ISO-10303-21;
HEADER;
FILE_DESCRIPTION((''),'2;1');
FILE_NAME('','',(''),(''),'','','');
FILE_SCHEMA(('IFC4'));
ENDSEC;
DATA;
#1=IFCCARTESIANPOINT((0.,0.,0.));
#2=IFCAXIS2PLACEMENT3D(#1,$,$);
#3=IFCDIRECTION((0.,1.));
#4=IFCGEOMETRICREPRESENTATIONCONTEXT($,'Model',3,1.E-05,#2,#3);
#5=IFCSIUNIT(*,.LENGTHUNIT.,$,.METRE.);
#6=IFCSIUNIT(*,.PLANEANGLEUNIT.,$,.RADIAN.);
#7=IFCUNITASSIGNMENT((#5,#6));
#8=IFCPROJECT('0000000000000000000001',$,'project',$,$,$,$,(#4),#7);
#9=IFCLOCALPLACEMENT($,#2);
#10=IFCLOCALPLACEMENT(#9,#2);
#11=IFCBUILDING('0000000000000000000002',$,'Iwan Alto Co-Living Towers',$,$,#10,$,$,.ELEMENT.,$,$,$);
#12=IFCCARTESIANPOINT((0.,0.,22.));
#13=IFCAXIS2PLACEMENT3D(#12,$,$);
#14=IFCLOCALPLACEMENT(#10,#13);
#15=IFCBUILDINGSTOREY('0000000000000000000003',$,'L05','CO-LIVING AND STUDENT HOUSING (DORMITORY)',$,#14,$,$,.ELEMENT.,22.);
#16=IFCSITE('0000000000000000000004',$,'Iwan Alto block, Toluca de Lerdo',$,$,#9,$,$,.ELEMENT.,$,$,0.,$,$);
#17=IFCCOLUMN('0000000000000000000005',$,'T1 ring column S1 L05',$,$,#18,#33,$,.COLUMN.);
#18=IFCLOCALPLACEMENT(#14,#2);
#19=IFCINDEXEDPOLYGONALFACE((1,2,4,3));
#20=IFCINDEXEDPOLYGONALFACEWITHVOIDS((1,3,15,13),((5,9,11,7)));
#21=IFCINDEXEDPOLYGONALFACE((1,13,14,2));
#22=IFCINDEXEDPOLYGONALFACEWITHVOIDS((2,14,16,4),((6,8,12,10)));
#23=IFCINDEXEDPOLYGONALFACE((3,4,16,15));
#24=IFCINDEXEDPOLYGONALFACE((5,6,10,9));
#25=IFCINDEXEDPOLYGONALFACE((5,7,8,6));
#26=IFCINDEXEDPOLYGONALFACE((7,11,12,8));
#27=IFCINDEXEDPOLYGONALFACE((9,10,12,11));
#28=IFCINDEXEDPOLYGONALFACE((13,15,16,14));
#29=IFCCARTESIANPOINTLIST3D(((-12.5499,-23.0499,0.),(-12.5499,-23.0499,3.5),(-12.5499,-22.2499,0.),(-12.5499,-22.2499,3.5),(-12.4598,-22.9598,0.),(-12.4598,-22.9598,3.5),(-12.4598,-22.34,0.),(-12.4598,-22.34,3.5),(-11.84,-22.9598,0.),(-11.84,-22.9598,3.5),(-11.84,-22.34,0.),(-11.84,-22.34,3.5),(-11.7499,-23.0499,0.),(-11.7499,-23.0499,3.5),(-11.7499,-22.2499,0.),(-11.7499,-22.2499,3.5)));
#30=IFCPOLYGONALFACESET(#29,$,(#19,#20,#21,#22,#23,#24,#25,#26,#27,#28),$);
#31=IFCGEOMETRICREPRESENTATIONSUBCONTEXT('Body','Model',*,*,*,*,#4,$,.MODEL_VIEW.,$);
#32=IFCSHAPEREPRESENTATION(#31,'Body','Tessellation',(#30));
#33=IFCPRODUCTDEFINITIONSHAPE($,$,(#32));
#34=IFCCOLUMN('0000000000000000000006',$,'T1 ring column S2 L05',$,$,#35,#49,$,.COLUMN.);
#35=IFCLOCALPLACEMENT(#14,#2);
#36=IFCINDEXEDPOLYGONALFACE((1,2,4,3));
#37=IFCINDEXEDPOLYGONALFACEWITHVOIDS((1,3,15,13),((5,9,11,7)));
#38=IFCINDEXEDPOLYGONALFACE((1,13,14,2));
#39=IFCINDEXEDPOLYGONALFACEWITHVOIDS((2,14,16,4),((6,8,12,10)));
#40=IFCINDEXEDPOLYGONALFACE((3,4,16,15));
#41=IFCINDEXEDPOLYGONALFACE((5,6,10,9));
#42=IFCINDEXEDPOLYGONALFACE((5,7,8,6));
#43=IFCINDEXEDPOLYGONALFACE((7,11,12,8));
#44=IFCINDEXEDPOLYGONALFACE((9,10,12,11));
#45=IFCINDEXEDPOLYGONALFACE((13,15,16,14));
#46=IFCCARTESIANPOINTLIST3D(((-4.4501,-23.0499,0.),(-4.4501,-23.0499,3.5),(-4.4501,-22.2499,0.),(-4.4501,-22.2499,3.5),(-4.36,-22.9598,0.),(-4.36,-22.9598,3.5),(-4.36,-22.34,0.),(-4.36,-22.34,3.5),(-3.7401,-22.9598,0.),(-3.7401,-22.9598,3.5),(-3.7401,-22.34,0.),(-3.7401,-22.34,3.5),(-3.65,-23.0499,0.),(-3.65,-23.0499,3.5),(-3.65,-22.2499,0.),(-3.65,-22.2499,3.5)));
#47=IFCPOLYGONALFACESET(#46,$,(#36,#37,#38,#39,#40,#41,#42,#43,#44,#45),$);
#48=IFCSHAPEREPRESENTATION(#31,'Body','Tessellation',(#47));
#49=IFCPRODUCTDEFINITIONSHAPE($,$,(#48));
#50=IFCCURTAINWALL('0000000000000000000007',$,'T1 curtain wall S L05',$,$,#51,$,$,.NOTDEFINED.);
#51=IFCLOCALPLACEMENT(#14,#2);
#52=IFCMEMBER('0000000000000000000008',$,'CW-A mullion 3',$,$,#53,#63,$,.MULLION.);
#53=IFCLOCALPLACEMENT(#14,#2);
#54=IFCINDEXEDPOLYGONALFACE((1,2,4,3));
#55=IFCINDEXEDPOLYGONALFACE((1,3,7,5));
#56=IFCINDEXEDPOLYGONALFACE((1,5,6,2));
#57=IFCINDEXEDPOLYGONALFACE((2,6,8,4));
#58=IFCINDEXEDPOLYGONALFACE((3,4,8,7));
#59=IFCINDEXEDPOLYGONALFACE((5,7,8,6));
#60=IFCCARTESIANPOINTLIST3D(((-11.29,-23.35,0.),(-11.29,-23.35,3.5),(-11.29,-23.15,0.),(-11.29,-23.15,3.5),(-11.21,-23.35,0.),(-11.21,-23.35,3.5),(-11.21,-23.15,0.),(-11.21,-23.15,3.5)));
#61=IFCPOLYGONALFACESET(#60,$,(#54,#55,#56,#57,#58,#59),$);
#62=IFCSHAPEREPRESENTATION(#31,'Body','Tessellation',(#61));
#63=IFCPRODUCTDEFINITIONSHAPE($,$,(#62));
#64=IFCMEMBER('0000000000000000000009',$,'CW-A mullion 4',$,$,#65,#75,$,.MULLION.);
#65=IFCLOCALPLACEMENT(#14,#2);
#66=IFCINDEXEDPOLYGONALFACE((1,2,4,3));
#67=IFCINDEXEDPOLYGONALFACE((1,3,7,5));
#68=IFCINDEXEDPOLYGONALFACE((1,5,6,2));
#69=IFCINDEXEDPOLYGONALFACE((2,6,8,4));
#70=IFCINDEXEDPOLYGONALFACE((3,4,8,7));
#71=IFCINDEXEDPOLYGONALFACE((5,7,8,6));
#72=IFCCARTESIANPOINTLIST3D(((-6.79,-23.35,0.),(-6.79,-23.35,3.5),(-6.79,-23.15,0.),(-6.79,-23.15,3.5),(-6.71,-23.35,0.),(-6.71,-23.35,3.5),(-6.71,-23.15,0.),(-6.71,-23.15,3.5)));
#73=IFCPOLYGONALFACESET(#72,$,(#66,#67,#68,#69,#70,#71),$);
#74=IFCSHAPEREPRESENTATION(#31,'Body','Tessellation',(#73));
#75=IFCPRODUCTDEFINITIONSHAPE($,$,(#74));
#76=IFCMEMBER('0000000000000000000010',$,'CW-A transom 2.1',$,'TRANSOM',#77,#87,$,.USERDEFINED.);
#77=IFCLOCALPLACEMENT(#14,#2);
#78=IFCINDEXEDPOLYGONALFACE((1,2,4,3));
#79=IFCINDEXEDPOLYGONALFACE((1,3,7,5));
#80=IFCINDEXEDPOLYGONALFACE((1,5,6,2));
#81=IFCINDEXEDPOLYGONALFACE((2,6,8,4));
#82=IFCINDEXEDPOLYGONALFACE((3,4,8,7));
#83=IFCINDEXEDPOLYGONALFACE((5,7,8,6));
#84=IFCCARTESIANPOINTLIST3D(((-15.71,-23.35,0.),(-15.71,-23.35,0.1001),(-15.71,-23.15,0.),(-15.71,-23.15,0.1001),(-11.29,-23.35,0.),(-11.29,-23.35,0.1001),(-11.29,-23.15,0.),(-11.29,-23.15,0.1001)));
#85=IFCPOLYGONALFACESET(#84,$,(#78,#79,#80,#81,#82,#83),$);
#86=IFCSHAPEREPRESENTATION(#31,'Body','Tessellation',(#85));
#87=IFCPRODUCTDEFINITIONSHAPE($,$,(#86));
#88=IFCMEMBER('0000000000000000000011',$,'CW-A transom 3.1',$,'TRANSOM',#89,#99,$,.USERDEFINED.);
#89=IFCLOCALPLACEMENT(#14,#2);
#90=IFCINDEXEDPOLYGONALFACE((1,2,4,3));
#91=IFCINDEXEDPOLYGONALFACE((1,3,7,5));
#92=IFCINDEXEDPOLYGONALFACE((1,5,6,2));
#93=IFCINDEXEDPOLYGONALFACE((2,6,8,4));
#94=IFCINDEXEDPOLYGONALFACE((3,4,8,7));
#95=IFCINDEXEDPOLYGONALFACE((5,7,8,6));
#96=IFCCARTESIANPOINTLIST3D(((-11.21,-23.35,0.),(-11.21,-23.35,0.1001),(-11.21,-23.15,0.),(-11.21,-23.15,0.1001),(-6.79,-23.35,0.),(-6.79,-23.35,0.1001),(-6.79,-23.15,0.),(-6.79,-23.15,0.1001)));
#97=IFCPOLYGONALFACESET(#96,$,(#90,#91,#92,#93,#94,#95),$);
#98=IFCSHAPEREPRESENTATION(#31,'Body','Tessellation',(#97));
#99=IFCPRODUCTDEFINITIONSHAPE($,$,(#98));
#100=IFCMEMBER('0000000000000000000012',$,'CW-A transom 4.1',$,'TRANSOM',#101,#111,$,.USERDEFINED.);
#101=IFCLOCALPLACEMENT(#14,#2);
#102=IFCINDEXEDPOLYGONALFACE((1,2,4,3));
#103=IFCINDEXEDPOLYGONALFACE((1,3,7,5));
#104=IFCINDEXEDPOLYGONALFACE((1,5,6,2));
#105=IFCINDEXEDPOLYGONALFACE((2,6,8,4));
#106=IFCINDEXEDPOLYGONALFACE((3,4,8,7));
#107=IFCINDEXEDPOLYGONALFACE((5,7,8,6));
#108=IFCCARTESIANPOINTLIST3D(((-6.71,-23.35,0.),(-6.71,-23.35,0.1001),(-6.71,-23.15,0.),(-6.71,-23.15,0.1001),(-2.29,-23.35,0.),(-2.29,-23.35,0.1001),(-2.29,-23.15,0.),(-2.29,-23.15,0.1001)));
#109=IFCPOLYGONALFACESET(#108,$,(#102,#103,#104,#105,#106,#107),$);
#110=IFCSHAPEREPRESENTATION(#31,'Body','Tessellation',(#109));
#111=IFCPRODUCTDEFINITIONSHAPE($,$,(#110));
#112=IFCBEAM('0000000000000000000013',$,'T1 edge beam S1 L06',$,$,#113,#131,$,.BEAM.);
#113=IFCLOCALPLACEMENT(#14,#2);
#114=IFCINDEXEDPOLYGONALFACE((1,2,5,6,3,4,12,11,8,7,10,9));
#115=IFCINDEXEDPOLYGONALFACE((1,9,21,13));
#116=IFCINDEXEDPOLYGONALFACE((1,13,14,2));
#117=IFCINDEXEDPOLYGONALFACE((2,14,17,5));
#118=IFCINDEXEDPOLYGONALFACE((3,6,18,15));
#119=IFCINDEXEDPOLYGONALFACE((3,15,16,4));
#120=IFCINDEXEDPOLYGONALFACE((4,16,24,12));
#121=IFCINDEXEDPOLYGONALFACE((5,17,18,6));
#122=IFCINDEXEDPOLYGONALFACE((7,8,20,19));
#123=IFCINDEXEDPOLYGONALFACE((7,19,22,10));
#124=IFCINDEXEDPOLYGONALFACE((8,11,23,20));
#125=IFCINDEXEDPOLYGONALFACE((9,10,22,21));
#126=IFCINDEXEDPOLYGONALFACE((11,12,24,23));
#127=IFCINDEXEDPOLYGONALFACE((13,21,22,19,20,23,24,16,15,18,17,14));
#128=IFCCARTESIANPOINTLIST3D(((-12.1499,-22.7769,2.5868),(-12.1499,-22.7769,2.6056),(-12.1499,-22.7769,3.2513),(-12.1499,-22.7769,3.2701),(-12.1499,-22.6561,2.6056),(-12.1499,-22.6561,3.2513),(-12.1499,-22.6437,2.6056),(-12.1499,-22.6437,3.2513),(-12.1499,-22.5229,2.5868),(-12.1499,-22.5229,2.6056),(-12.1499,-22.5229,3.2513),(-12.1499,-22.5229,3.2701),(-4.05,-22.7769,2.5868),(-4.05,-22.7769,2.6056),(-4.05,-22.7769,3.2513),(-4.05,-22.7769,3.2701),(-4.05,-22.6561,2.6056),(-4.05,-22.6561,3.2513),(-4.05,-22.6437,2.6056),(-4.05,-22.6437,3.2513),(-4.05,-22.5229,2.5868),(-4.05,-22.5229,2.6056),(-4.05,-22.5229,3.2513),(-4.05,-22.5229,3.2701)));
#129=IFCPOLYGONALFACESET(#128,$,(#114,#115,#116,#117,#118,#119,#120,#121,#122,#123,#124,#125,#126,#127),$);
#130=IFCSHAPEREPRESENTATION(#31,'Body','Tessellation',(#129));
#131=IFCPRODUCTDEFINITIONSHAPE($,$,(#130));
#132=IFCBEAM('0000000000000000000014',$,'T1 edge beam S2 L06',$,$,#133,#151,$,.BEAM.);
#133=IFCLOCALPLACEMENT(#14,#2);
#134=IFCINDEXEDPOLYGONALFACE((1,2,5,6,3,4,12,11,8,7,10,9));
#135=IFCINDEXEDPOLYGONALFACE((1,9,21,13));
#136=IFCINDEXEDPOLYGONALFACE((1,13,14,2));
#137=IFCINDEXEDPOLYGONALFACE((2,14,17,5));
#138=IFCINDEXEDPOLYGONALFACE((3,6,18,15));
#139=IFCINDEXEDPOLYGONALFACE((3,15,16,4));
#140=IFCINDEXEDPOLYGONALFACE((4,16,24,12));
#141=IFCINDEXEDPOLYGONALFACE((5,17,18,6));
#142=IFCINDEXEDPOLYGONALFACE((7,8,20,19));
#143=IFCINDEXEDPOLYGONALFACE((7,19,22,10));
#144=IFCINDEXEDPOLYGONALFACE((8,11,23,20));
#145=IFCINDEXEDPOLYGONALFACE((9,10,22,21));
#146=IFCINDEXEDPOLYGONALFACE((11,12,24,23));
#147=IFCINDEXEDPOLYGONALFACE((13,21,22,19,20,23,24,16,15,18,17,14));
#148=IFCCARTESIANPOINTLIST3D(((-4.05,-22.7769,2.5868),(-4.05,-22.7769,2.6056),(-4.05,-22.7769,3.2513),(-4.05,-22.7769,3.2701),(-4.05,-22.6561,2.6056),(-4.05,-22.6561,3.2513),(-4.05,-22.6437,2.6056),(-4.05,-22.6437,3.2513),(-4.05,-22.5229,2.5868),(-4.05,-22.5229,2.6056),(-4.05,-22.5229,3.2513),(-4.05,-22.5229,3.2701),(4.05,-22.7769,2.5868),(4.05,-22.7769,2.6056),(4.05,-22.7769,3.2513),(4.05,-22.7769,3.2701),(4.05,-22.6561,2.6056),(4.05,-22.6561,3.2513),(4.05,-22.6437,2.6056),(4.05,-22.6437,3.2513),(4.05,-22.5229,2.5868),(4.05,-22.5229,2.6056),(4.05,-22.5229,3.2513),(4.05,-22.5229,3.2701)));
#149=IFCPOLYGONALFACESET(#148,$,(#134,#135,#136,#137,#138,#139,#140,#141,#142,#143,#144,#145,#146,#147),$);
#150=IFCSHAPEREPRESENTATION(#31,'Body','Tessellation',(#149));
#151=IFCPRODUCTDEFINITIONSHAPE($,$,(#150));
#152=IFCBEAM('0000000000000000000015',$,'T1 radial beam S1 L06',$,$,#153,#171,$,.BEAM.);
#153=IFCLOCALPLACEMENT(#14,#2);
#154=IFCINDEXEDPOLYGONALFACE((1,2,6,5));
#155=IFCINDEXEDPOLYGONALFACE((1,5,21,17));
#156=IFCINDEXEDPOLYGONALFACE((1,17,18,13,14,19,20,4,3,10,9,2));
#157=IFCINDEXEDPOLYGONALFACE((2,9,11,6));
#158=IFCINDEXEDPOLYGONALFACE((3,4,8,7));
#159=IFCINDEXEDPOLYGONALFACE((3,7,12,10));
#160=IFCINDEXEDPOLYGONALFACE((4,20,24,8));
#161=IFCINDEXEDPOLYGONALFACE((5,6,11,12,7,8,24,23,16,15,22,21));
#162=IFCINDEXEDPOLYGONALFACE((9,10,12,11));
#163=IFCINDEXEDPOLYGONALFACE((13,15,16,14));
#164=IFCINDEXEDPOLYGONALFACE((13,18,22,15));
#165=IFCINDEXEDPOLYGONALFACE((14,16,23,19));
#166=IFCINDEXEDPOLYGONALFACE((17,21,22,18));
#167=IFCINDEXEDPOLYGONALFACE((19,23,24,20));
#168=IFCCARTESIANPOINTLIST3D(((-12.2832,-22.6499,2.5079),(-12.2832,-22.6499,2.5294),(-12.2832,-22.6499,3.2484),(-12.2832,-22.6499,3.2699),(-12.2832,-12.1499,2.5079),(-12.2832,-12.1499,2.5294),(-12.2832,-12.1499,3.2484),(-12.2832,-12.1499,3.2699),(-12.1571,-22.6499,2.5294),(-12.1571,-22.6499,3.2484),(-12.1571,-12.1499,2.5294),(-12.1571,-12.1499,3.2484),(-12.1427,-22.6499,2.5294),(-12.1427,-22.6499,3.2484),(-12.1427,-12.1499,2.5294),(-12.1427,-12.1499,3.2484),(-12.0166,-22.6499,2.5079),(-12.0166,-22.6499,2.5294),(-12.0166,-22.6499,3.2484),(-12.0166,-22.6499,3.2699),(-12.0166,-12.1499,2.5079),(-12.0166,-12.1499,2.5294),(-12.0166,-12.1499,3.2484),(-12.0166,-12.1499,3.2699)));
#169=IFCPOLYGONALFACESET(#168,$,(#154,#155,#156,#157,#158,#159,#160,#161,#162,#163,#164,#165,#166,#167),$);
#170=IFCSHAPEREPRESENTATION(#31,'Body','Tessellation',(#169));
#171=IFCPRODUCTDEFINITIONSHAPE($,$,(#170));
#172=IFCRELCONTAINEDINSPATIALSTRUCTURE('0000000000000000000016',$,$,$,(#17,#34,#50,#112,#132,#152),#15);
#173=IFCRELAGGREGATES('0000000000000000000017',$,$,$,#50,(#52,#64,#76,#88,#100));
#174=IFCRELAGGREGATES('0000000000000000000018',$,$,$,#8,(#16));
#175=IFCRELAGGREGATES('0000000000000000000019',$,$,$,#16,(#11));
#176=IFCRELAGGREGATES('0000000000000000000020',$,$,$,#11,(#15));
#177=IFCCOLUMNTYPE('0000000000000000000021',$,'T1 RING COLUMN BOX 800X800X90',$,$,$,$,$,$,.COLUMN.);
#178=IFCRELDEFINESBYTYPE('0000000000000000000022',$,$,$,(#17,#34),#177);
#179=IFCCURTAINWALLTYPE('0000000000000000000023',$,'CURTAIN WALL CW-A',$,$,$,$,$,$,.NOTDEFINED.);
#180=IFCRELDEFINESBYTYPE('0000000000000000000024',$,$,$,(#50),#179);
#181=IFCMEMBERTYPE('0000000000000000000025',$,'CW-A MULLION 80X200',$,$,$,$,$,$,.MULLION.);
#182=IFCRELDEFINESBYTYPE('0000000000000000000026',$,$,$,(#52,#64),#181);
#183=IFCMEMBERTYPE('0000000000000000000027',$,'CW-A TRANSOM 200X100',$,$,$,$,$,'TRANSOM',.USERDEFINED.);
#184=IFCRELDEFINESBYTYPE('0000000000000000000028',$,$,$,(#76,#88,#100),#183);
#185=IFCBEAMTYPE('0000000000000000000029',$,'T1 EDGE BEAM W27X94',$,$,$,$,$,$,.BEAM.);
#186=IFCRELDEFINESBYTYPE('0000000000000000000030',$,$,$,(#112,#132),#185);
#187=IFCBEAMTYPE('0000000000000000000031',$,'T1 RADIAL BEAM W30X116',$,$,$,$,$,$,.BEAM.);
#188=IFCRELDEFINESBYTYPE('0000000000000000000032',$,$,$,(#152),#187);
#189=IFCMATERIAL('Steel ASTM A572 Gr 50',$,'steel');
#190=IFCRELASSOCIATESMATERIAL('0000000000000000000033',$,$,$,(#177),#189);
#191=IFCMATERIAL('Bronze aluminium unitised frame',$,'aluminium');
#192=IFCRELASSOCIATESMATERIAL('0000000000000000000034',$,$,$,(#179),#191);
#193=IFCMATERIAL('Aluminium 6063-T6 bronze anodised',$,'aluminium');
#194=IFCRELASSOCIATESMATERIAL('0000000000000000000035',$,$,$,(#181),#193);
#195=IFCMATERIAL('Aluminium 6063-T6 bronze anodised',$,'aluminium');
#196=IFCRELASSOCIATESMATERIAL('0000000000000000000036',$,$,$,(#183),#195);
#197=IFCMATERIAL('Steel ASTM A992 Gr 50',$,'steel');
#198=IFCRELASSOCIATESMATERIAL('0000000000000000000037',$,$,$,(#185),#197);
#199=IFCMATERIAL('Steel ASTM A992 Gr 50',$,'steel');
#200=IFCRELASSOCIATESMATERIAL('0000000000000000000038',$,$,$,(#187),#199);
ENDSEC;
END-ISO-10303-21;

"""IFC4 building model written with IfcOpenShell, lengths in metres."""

from ifc_helpers import new_model, si_unit, direction, frame, origin, origin_2d, place, context, subcontext, project, spatial, rectangle, hollow_rectangle, i_section, extrude, material, material_profile, profile_set, type_object, element, aggregate, save


model = new_model("IFC4")

# Units and contexts
model_context = context("Model", 3, precision=1e-05, world=origin(), true_north=direction((0.0, 1.0)))
body_context = subcontext(model_context, "Body", "Model", "MODEL_VIEW")
ifc_project = project(units=[si_unit("LENGTHUNIT", "METRE"), si_unit("PLANEANGLEUNIT", "RADIAN")], contexts=[model_context])

# Site, building, storey
site_placement = place(None, origin())
site = spatial("IfcSite", under=ifc_project, at=site_placement, Name="Iwan Alto block, Toluca de Lerdo", CompositionType="ELEMENT", RefElevation=0.0)
building_placement = place(site_placement, origin())
building = spatial("IfcBuilding", under=site, at=building_placement, Name="Iwan Alto Co-Living Towers", CompositionType="ELEMENT")
storey_placement = place(building_placement, frame((0.0, 0.0, 22.0)))
storey = spatial("IfcBuildingStorey", under=building, at=storey_placement, Name="L05", Description="CO-LIVING AND STUDENT HOUSING (DORMITORY)", CompositionType="ELEMENT", Elevation=22.0)

# Columns
ifc_material_1 = material(Name="Steel ASTM A572 Gr 50", Category="steel")
ifc_material_profile_1 = material_profile(ifc_material_1, hollow_rectangle(XDim=0.8, YDim=0.8, WallThickness=0.0901, at=origin_2d()), Name="BOX 800X800X90")
ifc_profile_set_1 = profile_set([ifc_material_profile_1], Name="Steel ASTM A572 Gr 50")
column_type = type_object("IfcColumnType", Name="T1 RING COLUMN BOX 800X800X90", PredefinedType="COLUMN", material=ifc_profile_set_1)
for number, where, z_axis, x_axis, name in (
    (1, (-12.1499, -22.6499, 0.0), (0.0, 0.0, 1.0), (1.0, 0.0, 0.0), "T1 ring column S1 L05"),
    (2, (-4.05, -22.6499, 0.0), (0.0, 0.0, 1.0), (1.0, 0.0, 0.0), "T1 ring column S2 L05"),
):
    element("IfcColumn", number, at=place(storey_placement, frame(where, z_axis=z_axis, x_axis=x_axis)), inside=storey, type_object=column_type, Name=name, PredefinedType="COLUMN", context=body_context, shape_type="SweptSolid", body=[
        extrude(hollow_rectangle(XDim=0.8, YDim=0.8, WallThickness=0.0901, at=origin_2d()), origin(), (0.0, 0.0, 1.0), 3.5),
    ])

# Curtain wall, members
ifc_material_2 = material(Name="Bronze aluminium unitised frame", Category="aluminium")
curtain_wall_type = type_object("IfcCurtainWallType", Name="CURTAIN WALL CW-A", PredefinedType="NOTDEFINED", material=ifc_material_2)
curtain_wall_placement = place(storey_placement, origin())
curtain_wall = element("IfcCurtainWall", 3, at=curtain_wall_placement, inside=storey, type_object=curtain_wall_type, Name="T1 curtain wall S L05", PredefinedType="NOTDEFINED")
ifc_material_3 = material(Name="Aluminium 6063-T6 bronze anodised", Category="aluminium")
ifc_material_profile_2 = material_profile(ifc_material_3, rectangle(XDim=0.2, YDim=0.0801, at=origin_2d()), Name="AL 80X200")
ifc_profile_set_2 = profile_set([ifc_material_profile_2], Name="Aluminium 6063-T6 bronze anodised")
member_type_1 = type_object("IfcMemberType", Name="CW-A MULLION 80X200", PredefinedType="MULLION", material=ifc_profile_set_2)
member_1_placement = place(storey_placement, frame((-11.25, -23.25, 0.0), z_axis=(0.0, 0.0, 1.0), x_axis=(0.0, 1.0, 0.0)))
member_1 = element("IfcMember", 4, at=member_1_placement, type_object=member_type_1, Name="CW-A mullion 3", PredefinedType="MULLION", context=body_context, shape_type="SweptSolid", body=[
    extrude(rectangle(XDim=0.2, YDim=0.0801, at=origin_2d()), origin(), (0.0, 0.0, 1.0), 3.5),
])
member_2_placement = place(storey_placement, frame((-6.75, -23.25, 0.0), z_axis=(0.0, 0.0, 1.0), x_axis=(0.0, 1.0, 0.0)))
member_2 = element("IfcMember", 5, at=member_2_placement, type_object=member_type_1, Name="CW-A mullion 4", PredefinedType="MULLION", context=body_context, shape_type="SweptSolid", body=[
    extrude(rectangle(XDim=0.2, YDim=0.0801, at=origin_2d()), origin(), (0.0, 0.0, 1.0), 3.5),
])
ifc_material_4 = material(Name="Aluminium 6063-T6 bronze anodised", Category="aluminium")
ifc_material_profile_3 = material_profile(ifc_material_4, rectangle(XDim=0.2, YDim=0.1001, at=origin_2d()), Name="AL 200X100")
ifc_profile_set_3 = profile_set([ifc_material_profile_3], Name="Aluminium 6063-T6 bronze anodised")
member_type_2 = type_object("IfcMemberType", Name="CW-A TRANSOM 200X100", ElementType="TRANSOM", PredefinedType="USERDEFINED", material=ifc_profile_set_3)
member_3_placement = place(storey_placement, frame((-15.71, -23.25, 0.05), z_axis=(1.0, 0.0, 0.0), x_axis=(0.0, 1.0, 0.0)))
member_3 = element("IfcMember", 6, at=member_3_placement, type_object=member_type_2, Name="CW-A transom 2.1", ObjectType="TRANSOM", PredefinedType="USERDEFINED", context=body_context, shape_type="SweptSolid", body=[
    extrude(rectangle(XDim=0.2, YDim=0.1001, at=origin_2d()), origin(), (0.0, 0.0, 1.0), 4.4199),
])
member_4_placement = place(storey_placement, frame((-11.21, -23.25, 0.05), z_axis=(1.0, 0.0, 0.0), x_axis=(0.0, 1.0, 0.0)))
member_4 = element("IfcMember", 7, at=member_4_placement, type_object=member_type_2, Name="CW-A transom 3.1", ObjectType="TRANSOM", PredefinedType="USERDEFINED", context=body_context, shape_type="SweptSolid", body=[
    extrude(rectangle(XDim=0.2, YDim=0.1001, at=origin_2d()), origin(), (0.0, 0.0, 1.0), 4.4199),
])
member_5_placement = place(storey_placement, frame((-6.71, -23.25, 0.05), z_axis=(1.0, 0.0, 0.0), x_axis=(0.0, 1.0, 0.0)))
member_5 = element("IfcMember", 8, at=member_5_placement, type_object=member_type_2, Name="CW-A transom 4.1", ObjectType="TRANSOM", PredefinedType="USERDEFINED", context=body_context, shape_type="SweptSolid", body=[
    extrude(rectangle(XDim=0.2, YDim=0.1001, at=origin_2d()), origin(), (0.0, 0.0, 1.0), 4.4199),
])

# Beams
ifc_material_5 = material(Name="Steel ASTM A992 Gr 50", Category="steel")
ifc_material_profile_4 = material_profile(ifc_material_5, i_section(OverallWidth=0.2539, OverallDepth=0.6833, WebThickness=0.0125, FlangeThickness=0.0188, at=origin_2d()), Name="W27X94")
ifc_profile_set_4 = profile_set([ifc_material_profile_4], Name="Steel ASTM A992 Gr 50")
beam_type_1 = type_object("IfcBeamType", Name="T1 EDGE BEAM W27X94", PredefinedType="BEAM", material=ifc_profile_set_4)
beam_1_placement = place(storey_placement, frame((-12.1499, -22.6499, 2.9285), z_axis=(1.0, 0.0, 0.0), x_axis=(0.0, 1.0, 0.0)))
element("IfcBeam", 9, at=beam_1_placement, inside=storey, type_object=beam_type_1, Name="T1 edge beam S1 L06", PredefinedType="BEAM", context=body_context, shape_type="SweptSolid", body=[
    extrude(i_section(OverallWidth=0.2539, OverallDepth=0.6833, WebThickness=0.0125, FlangeThickness=0.0188, at=origin_2d()), origin(), (0.0, 0.0, 1.0), 8.0999),
])
beam_2_placement = place(storey_placement, frame((-4.05, -22.6499, 2.9285), z_axis=(1.0, 0.0, 0.0), x_axis=(0.0, 1.0, 0.0)))
element("IfcBeam", 10, at=beam_2_placement, inside=storey, type_object=beam_type_1, Name="T1 edge beam S2 L06", PredefinedType="BEAM", context=body_context, shape_type="SweptSolid", body=[
    extrude(i_section(OverallWidth=0.2539, OverallDepth=0.6833, WebThickness=0.0125, FlangeThickness=0.0188, at=origin_2d()), origin(), (0.0, 0.0, 1.0), 8.1001),
])
ifc_material_6 = material(Name="Steel ASTM A992 Gr 50", Category="steel")
ifc_material_profile_5 = material_profile(ifc_material_6, i_section(OverallWidth=0.2666, OverallDepth=0.762, WebThickness=0.0144, FlangeThickness=0.0215, at=origin_2d()), Name="W30X116")
ifc_profile_set_5 = profile_set([ifc_material_profile_5], Name="Steel ASTM A992 Gr 50")
beam_type_2 = type_object("IfcBeamType", Name="T1 RADIAL BEAM W30X116", PredefinedType="BEAM", material=ifc_profile_set_5)
beam_3_placement = place(storey_placement, frame((-12.1499, -22.6499, 2.8889), z_axis=(0.0, 1.0, 0.0), x_axis=(-1.0, 0.0, 0.0)))
element("IfcBeam", 11, at=beam_3_placement, inside=storey, type_object=beam_type_2, Name="T1 radial beam S1 L06", PredefinedType="BEAM", context=body_context, shape_type="SweptSolid", body=[
    extrude(i_section(OverallWidth=0.2666, OverallDepth=0.762, WebThickness=0.0144, FlangeThickness=0.0215, at=origin_2d()), origin(), (0.0, 0.0, 1.0), 10.5),
])

aggregate(curtain_wall, [member_1, member_2, member_3, member_4, member_5])

save(model, "model.ifc")
